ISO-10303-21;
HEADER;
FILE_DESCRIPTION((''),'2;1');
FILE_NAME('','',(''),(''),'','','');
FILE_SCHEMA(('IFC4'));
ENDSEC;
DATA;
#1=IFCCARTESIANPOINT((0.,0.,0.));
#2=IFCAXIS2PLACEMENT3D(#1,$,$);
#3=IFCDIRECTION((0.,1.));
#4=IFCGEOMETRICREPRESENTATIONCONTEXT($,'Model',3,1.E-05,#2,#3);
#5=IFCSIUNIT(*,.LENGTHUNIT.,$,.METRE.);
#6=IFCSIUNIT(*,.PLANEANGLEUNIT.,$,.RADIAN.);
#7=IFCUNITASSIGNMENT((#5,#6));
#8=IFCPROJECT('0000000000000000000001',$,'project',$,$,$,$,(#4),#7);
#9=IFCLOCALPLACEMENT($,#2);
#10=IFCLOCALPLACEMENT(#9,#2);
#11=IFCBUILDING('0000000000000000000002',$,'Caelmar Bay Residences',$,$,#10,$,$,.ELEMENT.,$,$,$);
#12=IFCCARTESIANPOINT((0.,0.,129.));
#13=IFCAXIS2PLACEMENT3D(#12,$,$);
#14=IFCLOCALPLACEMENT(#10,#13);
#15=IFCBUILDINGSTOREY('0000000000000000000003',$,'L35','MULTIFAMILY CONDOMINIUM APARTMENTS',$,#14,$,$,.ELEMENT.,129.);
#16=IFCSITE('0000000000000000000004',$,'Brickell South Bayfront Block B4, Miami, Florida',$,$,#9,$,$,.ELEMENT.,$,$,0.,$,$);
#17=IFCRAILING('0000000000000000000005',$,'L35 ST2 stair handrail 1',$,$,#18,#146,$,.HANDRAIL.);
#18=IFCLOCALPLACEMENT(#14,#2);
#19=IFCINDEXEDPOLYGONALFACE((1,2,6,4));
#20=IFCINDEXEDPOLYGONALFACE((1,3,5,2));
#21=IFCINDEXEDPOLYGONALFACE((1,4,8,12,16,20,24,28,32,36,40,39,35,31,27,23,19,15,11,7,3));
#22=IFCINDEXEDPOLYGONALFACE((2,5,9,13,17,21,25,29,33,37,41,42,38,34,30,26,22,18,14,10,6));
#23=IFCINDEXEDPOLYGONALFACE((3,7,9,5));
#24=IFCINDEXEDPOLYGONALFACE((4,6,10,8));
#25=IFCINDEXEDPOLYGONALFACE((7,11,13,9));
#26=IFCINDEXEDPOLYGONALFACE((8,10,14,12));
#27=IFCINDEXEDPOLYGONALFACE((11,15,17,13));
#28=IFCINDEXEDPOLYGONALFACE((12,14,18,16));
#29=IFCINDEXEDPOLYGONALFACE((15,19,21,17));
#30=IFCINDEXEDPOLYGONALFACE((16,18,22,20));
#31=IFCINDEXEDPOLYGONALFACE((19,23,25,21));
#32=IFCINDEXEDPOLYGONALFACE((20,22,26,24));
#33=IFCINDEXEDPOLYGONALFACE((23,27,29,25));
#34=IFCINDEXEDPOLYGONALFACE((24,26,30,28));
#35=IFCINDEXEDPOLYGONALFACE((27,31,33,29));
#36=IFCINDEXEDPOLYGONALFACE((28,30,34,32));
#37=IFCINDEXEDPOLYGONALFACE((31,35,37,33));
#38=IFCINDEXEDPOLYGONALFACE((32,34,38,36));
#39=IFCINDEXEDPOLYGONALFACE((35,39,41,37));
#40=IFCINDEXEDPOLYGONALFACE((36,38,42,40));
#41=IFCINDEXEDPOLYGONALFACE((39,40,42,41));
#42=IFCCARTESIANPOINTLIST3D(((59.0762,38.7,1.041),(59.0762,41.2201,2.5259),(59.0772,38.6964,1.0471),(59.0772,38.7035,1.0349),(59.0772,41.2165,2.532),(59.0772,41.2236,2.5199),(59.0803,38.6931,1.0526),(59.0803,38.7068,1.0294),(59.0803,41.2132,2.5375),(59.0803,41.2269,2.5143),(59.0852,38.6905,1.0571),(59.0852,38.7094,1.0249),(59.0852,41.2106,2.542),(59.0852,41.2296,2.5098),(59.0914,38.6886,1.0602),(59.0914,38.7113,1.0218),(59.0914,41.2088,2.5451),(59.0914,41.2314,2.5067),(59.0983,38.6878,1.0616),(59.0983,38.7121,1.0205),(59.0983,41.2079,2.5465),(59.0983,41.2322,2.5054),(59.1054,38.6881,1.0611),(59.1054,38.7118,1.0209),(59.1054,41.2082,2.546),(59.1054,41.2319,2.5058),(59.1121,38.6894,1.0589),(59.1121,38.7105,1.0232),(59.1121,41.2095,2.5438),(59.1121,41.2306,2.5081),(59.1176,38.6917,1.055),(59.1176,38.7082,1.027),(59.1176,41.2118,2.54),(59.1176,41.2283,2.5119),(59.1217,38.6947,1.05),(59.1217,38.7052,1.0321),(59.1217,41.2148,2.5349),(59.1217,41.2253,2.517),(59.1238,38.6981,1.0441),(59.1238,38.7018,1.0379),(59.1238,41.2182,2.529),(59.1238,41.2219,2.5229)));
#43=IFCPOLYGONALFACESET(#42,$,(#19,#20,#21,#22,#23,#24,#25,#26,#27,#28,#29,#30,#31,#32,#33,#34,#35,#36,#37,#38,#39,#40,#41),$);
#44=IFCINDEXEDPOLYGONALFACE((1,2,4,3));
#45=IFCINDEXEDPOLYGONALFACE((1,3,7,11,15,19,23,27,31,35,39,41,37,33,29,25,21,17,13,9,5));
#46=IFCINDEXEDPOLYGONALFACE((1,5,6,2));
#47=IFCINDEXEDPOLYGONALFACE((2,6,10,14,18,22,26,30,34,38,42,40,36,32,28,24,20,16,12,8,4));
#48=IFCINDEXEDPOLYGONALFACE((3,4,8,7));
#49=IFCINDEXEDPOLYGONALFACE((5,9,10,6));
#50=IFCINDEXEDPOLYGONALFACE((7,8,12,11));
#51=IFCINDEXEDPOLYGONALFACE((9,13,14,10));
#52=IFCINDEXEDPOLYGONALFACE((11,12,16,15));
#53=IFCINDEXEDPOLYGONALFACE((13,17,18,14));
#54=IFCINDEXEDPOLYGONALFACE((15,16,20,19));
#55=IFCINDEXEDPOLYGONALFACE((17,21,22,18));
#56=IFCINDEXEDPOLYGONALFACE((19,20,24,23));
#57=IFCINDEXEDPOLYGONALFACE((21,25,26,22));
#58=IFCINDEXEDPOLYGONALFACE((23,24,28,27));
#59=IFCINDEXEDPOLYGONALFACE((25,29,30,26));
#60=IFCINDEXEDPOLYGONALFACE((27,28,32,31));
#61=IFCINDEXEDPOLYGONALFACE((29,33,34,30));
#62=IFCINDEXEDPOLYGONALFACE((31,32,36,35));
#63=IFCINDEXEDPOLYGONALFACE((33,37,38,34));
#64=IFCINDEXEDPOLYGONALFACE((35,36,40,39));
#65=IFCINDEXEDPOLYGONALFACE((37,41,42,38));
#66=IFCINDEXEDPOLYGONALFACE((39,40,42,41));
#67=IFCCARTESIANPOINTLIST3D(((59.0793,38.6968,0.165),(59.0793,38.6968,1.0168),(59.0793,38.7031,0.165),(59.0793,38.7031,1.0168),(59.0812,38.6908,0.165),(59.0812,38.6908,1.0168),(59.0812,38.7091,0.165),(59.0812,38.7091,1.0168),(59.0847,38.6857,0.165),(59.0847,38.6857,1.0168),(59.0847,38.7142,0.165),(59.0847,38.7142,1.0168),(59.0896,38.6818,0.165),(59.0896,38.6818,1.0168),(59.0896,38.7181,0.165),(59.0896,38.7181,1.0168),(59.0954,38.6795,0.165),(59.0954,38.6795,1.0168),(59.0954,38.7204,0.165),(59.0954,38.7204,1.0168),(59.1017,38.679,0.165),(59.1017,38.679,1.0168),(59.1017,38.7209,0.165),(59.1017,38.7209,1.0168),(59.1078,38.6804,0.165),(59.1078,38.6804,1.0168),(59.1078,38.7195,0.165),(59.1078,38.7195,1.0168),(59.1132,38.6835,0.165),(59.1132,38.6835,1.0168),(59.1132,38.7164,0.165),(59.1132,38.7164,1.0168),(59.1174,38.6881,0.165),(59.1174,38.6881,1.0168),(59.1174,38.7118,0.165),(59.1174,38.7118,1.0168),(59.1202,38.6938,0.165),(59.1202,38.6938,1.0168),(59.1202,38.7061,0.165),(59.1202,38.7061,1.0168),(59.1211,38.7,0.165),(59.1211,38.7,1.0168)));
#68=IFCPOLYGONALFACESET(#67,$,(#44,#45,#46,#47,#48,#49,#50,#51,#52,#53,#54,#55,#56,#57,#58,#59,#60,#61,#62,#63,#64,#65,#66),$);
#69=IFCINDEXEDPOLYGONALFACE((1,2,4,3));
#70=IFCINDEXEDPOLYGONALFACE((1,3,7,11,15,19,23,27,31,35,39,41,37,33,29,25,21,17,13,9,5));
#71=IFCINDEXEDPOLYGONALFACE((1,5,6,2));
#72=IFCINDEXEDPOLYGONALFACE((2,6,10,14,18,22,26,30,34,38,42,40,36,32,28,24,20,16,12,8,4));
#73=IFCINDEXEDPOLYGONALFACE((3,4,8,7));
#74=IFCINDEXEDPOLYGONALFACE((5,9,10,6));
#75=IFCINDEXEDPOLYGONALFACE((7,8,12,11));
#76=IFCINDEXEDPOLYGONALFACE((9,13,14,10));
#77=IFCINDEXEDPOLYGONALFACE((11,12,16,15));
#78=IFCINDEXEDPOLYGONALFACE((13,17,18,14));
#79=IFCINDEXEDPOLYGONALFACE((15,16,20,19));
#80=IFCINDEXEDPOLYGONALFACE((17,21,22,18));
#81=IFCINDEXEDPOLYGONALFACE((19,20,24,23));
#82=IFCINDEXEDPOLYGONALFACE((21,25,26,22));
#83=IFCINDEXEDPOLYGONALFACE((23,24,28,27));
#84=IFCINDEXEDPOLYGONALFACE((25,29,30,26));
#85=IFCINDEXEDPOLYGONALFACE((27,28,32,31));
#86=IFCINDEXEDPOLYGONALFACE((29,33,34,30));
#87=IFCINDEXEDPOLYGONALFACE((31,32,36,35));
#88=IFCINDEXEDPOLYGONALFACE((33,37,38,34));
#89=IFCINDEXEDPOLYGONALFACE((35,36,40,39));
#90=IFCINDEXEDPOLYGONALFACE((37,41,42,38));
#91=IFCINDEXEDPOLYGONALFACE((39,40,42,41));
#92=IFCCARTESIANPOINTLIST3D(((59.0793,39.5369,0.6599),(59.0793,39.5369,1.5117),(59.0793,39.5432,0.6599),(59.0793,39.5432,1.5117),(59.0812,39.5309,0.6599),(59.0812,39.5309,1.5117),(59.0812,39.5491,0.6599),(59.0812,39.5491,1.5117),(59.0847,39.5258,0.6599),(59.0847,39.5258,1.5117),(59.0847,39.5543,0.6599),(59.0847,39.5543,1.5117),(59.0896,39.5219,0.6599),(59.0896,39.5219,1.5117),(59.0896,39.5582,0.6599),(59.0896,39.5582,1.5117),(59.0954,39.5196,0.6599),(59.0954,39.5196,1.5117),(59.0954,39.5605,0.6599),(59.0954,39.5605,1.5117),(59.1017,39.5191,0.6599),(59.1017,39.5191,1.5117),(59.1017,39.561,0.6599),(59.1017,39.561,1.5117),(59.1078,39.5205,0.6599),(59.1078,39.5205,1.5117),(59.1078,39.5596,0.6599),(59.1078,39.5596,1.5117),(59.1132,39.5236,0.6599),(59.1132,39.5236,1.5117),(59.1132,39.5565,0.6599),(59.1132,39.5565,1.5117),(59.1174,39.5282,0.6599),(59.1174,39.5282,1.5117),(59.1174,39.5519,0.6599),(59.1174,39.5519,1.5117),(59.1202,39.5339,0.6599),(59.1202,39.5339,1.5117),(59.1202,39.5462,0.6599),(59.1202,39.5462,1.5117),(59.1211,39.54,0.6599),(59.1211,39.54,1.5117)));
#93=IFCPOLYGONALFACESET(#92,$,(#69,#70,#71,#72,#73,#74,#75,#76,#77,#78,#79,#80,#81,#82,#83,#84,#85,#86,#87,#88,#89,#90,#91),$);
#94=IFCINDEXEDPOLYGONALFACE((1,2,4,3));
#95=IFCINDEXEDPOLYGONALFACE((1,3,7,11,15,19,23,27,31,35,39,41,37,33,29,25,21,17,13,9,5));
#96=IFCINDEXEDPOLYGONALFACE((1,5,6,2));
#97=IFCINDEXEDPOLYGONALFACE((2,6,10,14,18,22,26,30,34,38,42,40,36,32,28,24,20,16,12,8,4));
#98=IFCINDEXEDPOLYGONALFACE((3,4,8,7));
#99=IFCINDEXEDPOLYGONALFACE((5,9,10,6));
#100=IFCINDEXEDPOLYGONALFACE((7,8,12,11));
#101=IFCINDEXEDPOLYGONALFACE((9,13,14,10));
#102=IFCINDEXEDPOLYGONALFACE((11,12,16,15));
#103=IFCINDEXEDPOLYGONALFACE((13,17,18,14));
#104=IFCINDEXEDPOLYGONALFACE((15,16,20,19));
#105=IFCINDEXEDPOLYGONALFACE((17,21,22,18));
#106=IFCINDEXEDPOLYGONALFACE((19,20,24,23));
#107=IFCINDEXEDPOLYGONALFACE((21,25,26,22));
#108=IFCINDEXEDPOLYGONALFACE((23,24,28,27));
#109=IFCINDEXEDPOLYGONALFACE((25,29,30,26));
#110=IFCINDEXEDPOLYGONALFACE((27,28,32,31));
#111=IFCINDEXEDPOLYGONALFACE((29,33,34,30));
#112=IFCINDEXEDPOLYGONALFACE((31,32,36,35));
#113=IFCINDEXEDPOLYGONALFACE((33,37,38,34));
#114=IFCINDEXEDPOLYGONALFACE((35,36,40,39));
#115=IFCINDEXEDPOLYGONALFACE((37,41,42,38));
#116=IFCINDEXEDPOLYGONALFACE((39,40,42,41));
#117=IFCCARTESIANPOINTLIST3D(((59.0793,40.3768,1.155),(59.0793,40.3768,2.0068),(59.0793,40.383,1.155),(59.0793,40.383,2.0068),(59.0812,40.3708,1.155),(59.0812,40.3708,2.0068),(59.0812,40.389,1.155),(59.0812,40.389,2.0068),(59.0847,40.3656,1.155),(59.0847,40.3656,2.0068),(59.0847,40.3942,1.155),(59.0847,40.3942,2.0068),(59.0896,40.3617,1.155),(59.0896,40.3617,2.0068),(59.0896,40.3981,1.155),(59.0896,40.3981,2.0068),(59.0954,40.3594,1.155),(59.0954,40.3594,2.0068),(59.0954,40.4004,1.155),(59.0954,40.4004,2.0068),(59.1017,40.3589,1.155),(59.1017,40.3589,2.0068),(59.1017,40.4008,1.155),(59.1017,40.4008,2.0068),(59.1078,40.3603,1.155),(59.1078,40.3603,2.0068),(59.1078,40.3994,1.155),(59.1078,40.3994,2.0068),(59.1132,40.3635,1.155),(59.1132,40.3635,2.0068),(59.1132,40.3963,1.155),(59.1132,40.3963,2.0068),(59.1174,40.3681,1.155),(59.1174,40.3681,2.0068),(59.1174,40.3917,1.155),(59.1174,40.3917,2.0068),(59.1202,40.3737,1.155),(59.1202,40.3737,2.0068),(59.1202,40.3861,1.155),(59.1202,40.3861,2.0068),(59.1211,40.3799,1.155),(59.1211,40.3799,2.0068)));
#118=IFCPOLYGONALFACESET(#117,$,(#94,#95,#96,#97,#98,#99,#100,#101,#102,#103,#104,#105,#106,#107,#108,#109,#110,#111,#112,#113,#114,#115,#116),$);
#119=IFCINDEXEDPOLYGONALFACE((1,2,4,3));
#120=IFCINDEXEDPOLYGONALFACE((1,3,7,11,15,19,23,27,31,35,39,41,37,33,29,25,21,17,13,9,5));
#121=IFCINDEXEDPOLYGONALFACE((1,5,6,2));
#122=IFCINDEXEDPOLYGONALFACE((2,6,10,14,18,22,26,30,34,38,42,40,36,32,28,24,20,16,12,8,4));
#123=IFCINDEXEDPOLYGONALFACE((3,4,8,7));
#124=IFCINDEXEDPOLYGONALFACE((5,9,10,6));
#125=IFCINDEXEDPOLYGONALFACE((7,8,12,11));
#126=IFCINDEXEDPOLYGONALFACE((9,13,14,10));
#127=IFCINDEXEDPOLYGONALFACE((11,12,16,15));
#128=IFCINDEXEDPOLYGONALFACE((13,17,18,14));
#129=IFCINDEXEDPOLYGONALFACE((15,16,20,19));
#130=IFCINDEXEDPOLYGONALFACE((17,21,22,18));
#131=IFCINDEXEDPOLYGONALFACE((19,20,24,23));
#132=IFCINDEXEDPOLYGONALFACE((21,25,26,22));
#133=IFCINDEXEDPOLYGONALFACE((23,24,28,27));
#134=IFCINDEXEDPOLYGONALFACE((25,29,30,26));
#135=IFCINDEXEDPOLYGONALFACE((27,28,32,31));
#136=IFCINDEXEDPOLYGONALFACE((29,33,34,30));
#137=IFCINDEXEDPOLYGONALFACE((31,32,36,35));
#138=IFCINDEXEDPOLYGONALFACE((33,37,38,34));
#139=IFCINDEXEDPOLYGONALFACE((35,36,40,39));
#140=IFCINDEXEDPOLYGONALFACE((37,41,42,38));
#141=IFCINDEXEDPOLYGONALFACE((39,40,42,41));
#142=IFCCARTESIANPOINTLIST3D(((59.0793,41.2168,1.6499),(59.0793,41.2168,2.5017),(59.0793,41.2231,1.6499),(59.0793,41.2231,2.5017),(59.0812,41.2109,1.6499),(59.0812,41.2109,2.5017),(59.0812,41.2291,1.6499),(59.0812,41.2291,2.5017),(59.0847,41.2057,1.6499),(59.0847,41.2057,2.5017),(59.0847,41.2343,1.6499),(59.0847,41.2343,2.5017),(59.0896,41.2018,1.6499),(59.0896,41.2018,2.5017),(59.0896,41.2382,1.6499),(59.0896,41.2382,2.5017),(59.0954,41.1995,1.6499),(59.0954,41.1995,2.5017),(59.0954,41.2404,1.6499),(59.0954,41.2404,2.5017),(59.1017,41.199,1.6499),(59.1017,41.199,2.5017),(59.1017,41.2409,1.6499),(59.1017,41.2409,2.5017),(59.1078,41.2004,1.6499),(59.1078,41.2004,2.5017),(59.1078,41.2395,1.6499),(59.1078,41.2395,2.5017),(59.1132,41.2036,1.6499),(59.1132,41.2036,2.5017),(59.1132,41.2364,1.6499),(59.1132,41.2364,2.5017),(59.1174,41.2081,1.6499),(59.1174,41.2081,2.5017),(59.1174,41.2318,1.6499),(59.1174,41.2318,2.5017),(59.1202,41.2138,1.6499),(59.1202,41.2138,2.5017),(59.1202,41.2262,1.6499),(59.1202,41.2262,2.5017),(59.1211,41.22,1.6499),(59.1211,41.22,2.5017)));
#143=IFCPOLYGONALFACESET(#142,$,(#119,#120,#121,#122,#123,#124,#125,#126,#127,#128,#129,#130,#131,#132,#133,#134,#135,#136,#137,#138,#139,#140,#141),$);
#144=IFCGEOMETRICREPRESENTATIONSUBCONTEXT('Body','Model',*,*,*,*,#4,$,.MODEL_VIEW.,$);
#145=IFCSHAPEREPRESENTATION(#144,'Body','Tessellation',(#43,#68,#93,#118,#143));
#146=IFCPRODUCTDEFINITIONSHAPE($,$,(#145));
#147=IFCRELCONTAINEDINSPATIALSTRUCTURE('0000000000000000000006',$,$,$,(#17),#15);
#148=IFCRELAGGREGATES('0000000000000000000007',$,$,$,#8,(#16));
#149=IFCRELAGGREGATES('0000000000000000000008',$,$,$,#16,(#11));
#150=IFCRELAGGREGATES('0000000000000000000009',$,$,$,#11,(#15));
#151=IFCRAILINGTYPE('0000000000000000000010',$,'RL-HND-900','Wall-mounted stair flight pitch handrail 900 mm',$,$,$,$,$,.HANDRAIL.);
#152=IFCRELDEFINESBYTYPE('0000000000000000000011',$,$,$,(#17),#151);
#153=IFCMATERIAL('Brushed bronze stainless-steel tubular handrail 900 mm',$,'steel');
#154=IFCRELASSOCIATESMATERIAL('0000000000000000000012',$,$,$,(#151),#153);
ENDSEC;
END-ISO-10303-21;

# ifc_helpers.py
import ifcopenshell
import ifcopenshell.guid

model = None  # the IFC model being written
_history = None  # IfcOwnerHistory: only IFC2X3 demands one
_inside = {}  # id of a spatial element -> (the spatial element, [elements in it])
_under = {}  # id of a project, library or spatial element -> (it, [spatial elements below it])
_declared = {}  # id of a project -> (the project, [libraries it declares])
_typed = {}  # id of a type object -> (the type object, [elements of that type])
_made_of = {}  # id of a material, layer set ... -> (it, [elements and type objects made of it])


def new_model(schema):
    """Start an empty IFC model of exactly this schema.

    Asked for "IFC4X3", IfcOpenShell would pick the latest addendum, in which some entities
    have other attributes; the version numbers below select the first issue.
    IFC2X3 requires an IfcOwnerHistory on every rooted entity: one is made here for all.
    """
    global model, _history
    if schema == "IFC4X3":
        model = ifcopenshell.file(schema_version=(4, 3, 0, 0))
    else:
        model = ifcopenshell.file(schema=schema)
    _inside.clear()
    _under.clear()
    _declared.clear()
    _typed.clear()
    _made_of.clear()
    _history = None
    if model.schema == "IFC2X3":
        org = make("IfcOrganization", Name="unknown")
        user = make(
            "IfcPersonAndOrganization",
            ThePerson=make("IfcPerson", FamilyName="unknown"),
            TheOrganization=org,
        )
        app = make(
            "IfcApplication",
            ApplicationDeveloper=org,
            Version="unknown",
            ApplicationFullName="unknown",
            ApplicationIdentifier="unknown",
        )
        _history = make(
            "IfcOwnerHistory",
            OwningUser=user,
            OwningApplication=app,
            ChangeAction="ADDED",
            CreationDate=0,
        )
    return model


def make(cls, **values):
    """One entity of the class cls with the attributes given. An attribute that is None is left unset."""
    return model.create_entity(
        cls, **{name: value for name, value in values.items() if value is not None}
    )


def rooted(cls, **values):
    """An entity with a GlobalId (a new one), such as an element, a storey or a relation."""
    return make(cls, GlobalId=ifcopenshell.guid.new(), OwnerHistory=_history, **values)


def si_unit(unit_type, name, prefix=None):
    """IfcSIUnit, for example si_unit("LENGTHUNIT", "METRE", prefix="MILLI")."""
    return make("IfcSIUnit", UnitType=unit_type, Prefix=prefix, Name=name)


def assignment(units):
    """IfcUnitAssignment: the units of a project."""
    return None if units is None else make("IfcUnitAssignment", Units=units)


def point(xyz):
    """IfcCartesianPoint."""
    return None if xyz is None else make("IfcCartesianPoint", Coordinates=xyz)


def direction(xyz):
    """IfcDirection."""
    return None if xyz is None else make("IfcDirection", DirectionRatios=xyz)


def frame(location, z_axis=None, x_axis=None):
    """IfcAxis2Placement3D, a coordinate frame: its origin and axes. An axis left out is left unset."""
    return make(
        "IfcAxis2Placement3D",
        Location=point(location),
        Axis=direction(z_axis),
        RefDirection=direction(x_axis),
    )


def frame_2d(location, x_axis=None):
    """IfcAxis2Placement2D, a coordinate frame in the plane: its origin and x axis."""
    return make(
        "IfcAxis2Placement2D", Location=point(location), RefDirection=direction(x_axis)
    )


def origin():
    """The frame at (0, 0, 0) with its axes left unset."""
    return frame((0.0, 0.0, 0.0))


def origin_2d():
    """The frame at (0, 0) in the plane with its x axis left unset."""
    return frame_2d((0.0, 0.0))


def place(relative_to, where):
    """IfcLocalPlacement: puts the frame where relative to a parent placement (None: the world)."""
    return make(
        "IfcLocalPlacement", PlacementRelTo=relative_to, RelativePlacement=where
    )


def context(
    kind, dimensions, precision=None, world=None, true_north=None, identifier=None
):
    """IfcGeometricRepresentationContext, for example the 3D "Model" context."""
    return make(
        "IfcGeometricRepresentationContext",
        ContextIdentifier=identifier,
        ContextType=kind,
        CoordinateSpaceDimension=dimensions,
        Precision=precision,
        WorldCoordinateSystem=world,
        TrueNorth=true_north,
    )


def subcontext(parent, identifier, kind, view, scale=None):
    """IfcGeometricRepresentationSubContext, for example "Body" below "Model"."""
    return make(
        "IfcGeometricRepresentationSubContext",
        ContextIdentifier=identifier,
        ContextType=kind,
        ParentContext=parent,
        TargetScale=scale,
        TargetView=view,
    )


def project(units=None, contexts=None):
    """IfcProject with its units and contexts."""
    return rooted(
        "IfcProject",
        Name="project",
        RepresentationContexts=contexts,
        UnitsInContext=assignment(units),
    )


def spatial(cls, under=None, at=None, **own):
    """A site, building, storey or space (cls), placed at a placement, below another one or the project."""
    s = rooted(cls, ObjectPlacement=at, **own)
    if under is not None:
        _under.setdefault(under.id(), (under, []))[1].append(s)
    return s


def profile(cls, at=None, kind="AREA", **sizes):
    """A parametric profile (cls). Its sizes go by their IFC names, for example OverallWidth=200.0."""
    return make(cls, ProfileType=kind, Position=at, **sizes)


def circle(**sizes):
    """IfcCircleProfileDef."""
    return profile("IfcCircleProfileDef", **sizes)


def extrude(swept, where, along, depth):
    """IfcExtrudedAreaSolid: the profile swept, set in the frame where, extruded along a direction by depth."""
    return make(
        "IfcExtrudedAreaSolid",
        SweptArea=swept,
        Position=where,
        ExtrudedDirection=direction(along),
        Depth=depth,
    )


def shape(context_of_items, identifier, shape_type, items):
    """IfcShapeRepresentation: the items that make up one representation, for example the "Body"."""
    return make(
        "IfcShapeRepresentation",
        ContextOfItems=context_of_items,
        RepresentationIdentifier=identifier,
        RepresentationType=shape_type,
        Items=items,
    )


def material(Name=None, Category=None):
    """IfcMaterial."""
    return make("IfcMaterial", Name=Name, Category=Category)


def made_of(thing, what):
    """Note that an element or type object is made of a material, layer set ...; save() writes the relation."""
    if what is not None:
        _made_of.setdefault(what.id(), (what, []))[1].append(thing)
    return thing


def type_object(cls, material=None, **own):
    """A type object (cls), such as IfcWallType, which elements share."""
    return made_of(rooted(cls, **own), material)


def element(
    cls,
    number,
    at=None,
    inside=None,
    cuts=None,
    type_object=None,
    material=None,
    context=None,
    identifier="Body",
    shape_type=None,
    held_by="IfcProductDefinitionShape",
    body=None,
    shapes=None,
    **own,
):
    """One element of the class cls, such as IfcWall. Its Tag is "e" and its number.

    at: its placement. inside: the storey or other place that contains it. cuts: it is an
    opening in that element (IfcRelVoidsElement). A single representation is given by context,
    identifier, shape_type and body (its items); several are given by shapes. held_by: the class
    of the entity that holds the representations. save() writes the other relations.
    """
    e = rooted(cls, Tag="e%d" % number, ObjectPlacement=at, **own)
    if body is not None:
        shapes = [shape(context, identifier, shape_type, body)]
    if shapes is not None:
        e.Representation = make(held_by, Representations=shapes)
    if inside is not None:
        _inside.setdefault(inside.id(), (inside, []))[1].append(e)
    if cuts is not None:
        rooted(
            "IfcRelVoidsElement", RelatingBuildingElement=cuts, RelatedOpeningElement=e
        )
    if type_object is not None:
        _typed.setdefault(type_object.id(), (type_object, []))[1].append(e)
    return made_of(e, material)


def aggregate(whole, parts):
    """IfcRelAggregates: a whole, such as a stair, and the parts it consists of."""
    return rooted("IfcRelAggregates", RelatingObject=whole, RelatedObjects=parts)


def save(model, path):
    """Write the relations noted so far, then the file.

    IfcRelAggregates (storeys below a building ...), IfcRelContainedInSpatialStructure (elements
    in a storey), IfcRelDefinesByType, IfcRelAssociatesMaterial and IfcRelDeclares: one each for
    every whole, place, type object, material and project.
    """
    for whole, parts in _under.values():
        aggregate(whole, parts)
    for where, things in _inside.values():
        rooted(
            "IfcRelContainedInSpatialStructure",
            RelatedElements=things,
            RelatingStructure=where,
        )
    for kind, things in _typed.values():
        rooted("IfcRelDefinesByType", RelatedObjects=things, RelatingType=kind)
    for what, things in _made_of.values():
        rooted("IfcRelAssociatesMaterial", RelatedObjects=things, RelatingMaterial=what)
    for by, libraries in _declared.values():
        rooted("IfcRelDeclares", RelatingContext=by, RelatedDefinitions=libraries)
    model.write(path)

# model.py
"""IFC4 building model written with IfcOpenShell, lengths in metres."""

from ifc_helpers import new_model, si_unit, direction, frame, origin, origin_2d, place, context, subcontext, project, spatial, circle, extrude, material, type_object, element, save


model = new_model("IFC4")

# Units and contexts
model_context = context("Model", 3, precision=1e-05, world=origin(), true_north=direction((0.0, 1.0)))
body_context = subcontext(model_context, "Body", "Model", "MODEL_VIEW")
ifc_project = project(units=[si_unit("LENGTHUNIT", "METRE"), si_unit("PLANEANGLEUNIT", "RADIAN")], contexts=[model_context])

# Site, building, storey
site_placement = place(None, origin())
site = spatial("IfcSite", under=ifc_project, at=site_placement, Name="Brickell South Bayfront Block B4, Miami, Florida", CompositionType="ELEMENT", RefElevation=0.0)
building_placement = place(site_placement, origin())
building = spatial("IfcBuilding", under=site, at=building_placement, Name="Caelmar Bay Residences", CompositionType="ELEMENT")
storey_placement = place(building_placement, frame((0.0, 0.0, 129.0)))
storey = spatial("IfcBuildingStorey", under=building, at=storey_placement, Name="L35", Description="MULTIFAMILY CONDOMINIUM APARTMENTS", CompositionType="ELEMENT", Elevation=129.0)

# Railing
ifc_material_1 = material(Name="Brushed bronze stainless-steel tubular handrail 900 mm", Category="steel")
railing_type_1 = type_object("IfcRailingType", Name="RL-HND-900", Description="Wall-mounted stair flight pitch handrail 900 mm", PredefinedType="HANDRAIL", material=ifc_material_1)
railing_1_placement = place(storey_placement, frame((59.1001, 38.7, 0.165)))
element("IfcRailing", 1, at=railing_1_placement, inside=storey, type_object=railing_type_1, Name="L35 ST2 stair handrail 1", PredefinedType="HANDRAIL", context=body_context, shape_type="SweptSolid", body=[
    extrude(circle(Radius=0.0239, at=origin_2d()), frame((0.0, 0.0, 0.876), z_axis=(0.0, 0.861561, 0.507655), x_axis=(-1.0, 0.0, 0.0)), (0.0, 0.0, 1.0), 2.925),
    extrude(circle(Radius=0.021, at=origin_2d()), origin(), (0.0, 0.0, 1.0), 0.8518),
    extrude(circle(Radius=0.021, at=origin_2d()), frame((0.0, 0.8401, 0.4949)), (0.0, 0.0, 1.0), 0.8518),
    extrude(circle(Radius=0.021, at=origin_2d()), frame((0.0, 1.6799, 0.99)), (0.0, 0.0, 1.0), 0.8518),
    extrude(circle(Radius=0.021, at=origin_2d()), frame((0.0, 2.52, 1.4849)), (0.0, 0.0, 1.0), 0.8518),
])

save(model, "model.ifc")
